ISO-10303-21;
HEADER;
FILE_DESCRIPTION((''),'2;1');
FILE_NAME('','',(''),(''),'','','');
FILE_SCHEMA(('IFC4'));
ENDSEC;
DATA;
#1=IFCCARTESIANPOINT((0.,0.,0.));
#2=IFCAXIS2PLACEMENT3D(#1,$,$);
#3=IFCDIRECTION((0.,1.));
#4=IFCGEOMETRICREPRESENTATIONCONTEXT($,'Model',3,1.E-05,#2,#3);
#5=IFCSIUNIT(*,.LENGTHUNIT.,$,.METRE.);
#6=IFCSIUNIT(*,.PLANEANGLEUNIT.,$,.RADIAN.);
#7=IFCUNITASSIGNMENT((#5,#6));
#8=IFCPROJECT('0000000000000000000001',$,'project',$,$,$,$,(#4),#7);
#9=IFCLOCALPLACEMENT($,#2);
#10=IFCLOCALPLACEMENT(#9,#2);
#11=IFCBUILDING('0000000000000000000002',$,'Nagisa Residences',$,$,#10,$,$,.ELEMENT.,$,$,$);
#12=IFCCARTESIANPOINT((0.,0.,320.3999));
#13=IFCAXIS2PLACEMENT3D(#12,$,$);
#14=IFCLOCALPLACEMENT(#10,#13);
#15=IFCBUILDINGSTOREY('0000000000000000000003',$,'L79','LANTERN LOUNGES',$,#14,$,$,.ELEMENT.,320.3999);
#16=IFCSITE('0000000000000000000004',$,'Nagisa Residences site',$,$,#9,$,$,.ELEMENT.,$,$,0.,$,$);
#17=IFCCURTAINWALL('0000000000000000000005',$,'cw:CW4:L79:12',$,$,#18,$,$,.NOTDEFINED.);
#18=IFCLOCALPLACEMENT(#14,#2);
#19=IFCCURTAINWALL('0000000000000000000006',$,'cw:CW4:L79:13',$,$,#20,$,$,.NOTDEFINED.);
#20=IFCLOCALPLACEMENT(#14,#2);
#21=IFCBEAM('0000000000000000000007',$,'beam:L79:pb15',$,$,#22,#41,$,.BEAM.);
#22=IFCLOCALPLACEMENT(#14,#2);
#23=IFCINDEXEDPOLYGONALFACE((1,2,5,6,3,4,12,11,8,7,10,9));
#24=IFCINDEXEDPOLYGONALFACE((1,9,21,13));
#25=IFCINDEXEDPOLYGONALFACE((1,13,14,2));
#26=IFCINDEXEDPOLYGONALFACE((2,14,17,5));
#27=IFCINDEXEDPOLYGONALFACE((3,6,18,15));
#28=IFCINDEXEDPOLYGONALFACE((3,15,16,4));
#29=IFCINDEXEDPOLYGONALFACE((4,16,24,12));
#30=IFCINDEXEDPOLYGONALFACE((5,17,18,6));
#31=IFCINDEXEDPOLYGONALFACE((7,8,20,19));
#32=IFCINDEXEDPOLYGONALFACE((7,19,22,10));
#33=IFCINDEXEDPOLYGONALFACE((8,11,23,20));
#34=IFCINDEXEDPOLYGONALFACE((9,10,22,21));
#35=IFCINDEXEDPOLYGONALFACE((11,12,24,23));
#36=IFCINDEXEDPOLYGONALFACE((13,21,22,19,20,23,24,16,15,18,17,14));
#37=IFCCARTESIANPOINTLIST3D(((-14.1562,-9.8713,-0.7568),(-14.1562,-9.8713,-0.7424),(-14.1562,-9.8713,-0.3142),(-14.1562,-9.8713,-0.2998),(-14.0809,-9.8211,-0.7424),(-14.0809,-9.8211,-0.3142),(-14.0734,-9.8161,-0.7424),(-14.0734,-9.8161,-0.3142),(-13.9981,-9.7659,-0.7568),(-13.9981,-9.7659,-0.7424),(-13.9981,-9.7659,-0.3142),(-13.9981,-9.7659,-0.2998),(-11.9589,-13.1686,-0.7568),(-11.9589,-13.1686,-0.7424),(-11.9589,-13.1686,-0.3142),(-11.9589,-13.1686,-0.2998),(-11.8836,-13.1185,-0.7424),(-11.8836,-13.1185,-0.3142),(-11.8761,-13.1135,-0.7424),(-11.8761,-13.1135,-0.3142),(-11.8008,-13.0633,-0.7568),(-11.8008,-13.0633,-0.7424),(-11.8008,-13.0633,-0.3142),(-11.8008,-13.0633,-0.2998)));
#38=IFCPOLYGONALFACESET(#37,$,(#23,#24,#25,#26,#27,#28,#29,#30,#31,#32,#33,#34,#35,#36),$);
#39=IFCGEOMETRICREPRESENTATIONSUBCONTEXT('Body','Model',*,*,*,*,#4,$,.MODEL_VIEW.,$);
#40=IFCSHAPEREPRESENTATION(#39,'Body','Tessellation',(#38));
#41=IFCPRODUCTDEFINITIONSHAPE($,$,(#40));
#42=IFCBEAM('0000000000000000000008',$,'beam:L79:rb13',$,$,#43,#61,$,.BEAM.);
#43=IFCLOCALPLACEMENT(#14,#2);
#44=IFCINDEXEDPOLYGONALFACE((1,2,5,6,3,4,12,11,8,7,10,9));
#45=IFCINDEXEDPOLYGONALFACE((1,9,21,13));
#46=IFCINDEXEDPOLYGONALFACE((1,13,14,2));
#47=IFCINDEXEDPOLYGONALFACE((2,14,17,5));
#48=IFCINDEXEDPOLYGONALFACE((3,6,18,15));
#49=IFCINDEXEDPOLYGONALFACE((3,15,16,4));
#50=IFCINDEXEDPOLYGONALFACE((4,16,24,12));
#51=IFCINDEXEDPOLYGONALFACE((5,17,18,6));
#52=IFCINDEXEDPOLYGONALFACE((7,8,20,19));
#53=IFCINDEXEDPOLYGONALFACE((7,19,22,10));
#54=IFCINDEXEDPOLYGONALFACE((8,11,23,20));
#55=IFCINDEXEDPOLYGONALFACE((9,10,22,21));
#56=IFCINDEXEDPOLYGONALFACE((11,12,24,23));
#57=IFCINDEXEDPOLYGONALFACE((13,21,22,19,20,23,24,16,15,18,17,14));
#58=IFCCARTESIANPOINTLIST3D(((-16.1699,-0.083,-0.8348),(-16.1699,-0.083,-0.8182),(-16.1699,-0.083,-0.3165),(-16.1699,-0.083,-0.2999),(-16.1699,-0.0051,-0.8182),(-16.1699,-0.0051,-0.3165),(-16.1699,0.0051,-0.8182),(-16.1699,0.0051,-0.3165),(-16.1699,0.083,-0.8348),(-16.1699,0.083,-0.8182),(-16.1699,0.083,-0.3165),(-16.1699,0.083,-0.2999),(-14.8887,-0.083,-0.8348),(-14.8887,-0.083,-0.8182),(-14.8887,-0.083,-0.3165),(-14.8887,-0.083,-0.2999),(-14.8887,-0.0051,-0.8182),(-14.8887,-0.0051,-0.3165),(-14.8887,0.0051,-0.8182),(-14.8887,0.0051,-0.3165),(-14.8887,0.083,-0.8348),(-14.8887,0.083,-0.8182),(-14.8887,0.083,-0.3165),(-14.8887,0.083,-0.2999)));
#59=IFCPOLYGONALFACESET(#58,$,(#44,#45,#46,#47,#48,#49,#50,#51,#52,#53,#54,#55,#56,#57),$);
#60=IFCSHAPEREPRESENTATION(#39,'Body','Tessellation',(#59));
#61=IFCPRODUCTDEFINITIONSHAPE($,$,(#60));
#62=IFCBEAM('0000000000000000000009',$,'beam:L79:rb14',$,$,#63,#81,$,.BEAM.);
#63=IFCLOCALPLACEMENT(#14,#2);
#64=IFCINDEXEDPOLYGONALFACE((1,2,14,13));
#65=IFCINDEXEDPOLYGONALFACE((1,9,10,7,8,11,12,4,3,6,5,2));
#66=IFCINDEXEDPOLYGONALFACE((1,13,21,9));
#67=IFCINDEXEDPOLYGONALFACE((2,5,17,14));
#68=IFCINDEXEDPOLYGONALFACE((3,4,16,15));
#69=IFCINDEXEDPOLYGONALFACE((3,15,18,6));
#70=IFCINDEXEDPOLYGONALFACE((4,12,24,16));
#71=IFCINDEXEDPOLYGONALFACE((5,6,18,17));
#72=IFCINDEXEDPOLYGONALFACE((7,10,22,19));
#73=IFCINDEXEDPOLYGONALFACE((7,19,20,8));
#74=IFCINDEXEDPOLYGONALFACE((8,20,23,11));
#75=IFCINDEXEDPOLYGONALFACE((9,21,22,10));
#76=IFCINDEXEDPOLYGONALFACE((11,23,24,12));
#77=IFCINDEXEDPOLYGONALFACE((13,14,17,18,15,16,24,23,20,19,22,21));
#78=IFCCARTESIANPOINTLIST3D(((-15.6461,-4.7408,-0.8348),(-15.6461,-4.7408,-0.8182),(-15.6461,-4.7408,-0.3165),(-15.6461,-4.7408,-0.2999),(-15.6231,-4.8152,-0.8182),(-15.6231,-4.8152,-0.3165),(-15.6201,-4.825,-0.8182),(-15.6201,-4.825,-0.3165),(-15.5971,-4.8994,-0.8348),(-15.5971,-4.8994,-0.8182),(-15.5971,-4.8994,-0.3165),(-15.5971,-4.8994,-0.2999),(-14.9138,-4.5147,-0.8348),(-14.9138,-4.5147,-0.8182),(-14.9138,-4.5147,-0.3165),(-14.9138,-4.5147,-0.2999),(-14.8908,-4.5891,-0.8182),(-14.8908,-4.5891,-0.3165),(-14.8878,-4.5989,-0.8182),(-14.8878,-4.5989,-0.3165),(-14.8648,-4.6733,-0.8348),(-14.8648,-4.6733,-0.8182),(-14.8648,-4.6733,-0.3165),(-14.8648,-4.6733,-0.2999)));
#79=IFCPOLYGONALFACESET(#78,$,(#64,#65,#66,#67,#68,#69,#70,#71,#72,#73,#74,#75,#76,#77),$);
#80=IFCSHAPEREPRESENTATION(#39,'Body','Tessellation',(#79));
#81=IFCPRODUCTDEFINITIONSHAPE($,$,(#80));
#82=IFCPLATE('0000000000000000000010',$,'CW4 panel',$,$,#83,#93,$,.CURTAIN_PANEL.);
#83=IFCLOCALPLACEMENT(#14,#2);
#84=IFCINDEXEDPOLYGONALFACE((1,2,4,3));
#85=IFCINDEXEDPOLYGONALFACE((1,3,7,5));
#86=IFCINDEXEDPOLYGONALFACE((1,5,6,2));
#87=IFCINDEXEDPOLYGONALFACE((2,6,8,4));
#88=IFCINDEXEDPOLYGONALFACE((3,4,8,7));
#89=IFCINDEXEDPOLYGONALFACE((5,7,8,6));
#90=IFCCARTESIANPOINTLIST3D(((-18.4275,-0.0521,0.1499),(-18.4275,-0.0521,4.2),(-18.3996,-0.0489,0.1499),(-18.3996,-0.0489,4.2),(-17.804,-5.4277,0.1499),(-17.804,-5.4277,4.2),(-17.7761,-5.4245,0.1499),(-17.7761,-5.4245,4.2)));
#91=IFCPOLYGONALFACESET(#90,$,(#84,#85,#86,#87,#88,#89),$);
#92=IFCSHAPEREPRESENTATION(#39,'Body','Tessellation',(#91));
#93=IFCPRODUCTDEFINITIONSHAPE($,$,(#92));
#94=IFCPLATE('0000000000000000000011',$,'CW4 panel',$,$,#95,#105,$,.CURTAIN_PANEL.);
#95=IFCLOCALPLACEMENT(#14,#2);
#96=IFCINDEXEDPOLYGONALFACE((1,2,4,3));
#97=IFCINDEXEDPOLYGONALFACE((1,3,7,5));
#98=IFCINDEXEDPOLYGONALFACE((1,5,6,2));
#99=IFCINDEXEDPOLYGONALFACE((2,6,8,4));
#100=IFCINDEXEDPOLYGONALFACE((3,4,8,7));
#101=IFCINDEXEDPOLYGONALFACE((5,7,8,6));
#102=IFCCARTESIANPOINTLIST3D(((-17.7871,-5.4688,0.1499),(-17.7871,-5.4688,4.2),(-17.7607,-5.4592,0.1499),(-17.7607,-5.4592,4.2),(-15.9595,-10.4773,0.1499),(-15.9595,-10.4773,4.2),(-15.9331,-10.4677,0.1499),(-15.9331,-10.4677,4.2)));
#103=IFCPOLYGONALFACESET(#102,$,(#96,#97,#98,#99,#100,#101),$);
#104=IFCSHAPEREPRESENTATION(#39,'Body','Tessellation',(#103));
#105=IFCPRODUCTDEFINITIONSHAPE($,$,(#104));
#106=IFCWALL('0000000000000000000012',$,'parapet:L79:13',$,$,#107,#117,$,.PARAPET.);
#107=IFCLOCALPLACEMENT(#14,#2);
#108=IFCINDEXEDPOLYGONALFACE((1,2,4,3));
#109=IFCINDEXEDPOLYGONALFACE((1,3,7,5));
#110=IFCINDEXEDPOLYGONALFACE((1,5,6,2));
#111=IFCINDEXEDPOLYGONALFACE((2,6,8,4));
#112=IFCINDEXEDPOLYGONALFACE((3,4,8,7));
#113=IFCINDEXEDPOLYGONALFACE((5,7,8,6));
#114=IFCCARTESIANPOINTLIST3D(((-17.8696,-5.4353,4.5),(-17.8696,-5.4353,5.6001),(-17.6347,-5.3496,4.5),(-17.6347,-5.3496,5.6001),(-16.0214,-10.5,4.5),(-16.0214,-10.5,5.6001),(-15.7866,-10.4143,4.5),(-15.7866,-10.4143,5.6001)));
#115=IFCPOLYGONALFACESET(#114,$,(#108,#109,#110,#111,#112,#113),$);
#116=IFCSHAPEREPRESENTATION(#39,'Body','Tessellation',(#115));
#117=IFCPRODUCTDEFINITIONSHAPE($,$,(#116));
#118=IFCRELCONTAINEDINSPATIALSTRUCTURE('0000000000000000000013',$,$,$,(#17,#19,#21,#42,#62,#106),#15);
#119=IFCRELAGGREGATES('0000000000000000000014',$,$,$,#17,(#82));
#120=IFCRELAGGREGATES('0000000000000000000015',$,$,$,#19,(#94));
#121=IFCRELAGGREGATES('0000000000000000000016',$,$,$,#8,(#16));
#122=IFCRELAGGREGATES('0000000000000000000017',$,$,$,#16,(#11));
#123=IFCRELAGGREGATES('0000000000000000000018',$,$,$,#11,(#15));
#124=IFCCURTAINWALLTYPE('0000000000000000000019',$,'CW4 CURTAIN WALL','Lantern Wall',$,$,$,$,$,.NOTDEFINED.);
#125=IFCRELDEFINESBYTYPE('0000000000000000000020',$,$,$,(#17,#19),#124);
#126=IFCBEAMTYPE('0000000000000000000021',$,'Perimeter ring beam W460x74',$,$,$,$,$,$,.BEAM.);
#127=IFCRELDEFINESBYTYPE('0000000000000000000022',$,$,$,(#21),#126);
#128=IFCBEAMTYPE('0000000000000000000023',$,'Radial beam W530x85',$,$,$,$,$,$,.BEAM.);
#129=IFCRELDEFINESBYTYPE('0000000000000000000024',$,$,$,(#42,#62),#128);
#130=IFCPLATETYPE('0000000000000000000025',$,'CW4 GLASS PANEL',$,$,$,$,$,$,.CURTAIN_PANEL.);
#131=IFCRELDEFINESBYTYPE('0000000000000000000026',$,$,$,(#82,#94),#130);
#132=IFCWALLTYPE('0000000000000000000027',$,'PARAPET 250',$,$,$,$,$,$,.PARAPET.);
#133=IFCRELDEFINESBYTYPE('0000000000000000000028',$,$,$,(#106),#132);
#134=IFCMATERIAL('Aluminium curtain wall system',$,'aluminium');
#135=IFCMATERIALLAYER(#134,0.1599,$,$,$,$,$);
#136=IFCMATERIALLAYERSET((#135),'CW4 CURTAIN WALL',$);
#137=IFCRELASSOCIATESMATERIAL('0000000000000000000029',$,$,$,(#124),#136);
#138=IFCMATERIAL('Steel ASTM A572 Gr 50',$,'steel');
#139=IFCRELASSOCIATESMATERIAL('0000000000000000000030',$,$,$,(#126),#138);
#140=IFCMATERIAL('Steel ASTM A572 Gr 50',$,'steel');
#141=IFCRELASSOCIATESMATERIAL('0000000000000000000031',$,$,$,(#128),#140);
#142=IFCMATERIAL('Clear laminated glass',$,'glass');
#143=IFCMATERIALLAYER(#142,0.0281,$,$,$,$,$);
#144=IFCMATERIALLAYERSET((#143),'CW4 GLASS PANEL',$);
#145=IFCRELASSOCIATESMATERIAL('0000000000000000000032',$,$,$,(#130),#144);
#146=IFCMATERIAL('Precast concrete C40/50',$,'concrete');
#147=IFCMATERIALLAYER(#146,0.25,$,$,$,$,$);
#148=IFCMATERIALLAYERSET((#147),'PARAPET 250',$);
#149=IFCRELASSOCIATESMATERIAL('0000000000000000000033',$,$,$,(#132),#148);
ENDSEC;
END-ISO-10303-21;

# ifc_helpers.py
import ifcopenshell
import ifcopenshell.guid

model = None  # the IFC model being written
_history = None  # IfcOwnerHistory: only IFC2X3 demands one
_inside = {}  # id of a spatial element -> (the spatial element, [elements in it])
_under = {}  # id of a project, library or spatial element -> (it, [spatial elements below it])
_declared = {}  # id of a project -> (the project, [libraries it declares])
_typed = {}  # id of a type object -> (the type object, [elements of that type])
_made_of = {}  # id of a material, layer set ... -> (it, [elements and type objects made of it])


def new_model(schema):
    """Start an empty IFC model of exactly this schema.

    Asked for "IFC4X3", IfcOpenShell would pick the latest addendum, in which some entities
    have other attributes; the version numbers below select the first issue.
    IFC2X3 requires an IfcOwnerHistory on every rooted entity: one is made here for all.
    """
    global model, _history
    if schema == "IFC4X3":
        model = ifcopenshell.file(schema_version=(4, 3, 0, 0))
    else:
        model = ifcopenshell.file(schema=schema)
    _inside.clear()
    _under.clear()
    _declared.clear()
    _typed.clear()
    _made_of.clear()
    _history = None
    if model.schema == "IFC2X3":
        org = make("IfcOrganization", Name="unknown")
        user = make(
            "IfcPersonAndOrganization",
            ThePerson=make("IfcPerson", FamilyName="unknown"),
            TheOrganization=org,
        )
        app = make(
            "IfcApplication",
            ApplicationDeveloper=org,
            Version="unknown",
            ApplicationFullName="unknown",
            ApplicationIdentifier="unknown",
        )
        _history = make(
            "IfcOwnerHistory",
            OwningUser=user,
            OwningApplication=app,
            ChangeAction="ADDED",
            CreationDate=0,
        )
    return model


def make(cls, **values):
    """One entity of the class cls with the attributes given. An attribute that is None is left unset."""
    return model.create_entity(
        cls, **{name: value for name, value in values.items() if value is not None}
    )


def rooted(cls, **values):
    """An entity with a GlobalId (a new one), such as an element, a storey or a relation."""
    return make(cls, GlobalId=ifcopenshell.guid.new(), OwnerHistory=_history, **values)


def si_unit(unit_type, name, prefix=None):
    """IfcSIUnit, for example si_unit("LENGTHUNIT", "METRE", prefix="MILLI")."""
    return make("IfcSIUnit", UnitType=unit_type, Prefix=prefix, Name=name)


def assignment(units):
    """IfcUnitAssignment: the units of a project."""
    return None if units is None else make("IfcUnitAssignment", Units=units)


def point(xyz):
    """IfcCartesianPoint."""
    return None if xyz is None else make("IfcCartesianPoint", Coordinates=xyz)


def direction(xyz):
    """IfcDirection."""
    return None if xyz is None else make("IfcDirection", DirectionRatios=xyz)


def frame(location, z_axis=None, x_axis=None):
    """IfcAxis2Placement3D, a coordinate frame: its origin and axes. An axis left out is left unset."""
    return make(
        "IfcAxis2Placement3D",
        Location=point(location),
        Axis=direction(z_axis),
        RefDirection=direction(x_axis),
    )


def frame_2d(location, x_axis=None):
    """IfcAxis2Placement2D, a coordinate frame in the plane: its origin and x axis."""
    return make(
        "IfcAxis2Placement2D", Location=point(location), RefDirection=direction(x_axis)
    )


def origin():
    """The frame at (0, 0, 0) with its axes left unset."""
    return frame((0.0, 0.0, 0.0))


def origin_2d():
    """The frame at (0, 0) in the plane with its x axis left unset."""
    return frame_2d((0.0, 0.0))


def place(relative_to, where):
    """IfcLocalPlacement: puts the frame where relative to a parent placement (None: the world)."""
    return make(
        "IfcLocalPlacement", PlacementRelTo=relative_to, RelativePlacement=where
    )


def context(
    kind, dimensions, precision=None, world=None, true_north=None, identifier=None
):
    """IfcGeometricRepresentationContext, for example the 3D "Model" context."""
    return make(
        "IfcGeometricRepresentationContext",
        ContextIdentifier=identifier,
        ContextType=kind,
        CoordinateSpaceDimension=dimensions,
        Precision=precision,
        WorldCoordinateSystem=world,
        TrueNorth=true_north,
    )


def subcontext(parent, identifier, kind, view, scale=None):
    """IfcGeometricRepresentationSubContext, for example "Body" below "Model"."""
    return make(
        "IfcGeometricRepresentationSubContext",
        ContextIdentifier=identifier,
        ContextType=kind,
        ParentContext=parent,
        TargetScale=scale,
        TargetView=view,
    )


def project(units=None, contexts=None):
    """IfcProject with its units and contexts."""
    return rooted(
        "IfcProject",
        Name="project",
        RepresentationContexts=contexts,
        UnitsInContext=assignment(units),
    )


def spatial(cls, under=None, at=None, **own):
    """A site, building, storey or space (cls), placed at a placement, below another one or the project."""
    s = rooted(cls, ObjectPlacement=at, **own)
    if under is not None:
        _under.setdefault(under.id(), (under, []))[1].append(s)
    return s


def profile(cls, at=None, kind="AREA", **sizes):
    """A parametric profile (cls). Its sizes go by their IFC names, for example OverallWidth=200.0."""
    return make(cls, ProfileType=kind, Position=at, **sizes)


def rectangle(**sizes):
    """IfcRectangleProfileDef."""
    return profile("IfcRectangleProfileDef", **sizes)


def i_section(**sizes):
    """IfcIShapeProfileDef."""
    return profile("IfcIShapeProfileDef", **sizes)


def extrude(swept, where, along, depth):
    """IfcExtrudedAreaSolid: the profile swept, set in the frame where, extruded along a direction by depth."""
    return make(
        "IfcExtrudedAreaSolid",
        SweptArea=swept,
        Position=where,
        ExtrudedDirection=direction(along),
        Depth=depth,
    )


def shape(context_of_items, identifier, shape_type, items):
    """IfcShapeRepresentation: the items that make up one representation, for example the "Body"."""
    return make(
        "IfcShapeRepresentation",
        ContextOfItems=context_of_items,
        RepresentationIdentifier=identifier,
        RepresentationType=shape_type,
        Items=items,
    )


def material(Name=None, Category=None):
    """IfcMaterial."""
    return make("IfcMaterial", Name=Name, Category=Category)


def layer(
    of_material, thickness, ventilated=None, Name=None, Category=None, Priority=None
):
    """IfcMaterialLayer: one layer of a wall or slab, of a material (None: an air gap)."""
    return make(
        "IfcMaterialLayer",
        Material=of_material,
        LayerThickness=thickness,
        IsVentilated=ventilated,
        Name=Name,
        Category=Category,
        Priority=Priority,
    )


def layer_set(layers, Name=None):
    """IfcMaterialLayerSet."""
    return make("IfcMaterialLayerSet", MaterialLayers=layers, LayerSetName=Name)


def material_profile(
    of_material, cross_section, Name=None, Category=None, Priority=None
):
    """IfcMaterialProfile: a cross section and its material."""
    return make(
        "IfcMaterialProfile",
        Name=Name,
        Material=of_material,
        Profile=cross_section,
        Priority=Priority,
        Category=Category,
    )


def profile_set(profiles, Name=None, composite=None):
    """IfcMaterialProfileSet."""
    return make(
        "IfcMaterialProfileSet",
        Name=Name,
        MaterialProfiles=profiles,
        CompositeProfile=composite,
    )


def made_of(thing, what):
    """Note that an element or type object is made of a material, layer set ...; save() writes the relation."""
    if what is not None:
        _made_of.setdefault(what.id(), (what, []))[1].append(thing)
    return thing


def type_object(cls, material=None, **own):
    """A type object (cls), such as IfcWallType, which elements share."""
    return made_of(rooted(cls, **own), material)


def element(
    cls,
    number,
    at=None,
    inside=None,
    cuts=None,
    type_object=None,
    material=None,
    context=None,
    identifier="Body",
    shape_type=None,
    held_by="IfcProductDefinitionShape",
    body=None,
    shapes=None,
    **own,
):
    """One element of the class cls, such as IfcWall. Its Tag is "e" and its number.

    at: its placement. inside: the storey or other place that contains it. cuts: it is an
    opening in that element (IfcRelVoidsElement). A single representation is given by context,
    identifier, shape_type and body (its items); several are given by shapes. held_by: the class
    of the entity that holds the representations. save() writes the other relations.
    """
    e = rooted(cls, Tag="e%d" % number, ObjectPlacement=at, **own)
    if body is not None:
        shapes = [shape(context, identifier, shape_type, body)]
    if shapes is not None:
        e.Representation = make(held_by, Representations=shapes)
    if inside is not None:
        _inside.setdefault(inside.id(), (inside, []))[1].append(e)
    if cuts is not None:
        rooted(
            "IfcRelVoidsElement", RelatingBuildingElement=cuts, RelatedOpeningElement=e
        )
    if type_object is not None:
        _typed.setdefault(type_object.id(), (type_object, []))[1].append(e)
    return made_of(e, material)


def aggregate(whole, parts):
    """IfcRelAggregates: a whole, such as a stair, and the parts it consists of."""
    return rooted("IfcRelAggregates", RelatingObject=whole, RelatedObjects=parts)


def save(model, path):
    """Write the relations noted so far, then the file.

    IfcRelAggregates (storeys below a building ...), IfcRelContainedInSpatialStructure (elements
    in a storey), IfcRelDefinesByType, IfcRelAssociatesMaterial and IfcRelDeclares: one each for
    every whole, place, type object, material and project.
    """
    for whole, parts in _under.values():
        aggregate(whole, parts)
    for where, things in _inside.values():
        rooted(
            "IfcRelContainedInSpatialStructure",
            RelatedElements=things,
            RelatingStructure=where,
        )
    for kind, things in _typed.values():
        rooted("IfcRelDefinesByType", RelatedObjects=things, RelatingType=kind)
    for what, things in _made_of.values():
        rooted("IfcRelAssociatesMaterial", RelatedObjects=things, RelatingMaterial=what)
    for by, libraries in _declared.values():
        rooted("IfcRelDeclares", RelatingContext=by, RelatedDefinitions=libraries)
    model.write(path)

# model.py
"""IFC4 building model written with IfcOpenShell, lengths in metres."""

from ifc_helpers import new_model, si_unit, direction, frame, frame_2d, origin, origin_2d, place, context, subcontext, project, spatial, rectangle, i_section, extrude, material, layer, layer_set, material_profile, profile_set, type_object, element, aggregate, save


model = new_model("IFC4")

# Units and contexts
model_context = context("Model", 3, precision=1e-05, world=origin(), true_north=direction((0.0, 1.0)))
body_context = subcontext(model_context, "Body", "Model", "MODEL_VIEW")
ifc_project = project(units=[si_unit("LENGTHUNIT", "METRE"), si_unit("PLANEANGLEUNIT", "RADIAN")], contexts=[model_context])

# Site, building, storey
site_placement = place(None, origin())
site = spatial("IfcSite", under=ifc_project, at=site_placement, Name="Nagisa Residences site", CompositionType="ELEMENT", RefElevation=0.0)
building_placement = place(site_placement, origin())
building = spatial("IfcBuilding", under=site, at=building_placement, Name="Nagisa Residences", CompositionType="ELEMENT")
storey_placement = place(building_placement, frame((0.0, 0.0, 320.3999)))
storey = spatial("IfcBuildingStorey", under=building, at=storey_placement, Name="L79", Description="LANTERN LOUNGES", CompositionType="ELEMENT", Elevation=320.3999)

# Curtain wall
ifc_material_1 = material(Name="Aluminium curtain wall system", Category="aluminium")
ifc_layer_1 = layer(ifc_material_1, 0.1599)
ifc_layer_set_1 = layer_set([ifc_layer_1], Name="CW4 CURTAIN WALL")
curtain_wall_type = type_object("IfcCurtainWallType", Name="CW4 CURTAIN WALL", Description="Lantern Wall", PredefinedType="NOTDEFINED", material=ifc_layer_set_1)
curtain_wall_1_placement = place(storey_placement, origin())
curtain_wall_1 = element("IfcCurtainWall", 1, at=curtain_wall_1_placement, inside=storey, type_object=curtain_wall_type, Name="cw:CW4:L79:12", PredefinedType="NOTDEFINED")

# Curtain wall
curtain_wall_2_placement = place(storey_placement, origin())
curtain_wall_2 = element("IfcCurtainWall", 2, at=curtain_wall_2_placement, inside=storey, type_object=curtain_wall_type, Name="cw:CW4:L79:13", PredefinedType="NOTDEFINED")

# Beams
ifc_material_2 = material(Name="Steel ASTM A572 Gr 50", Category="steel")
ifc_material_profile_1 = material_profile(ifc_material_2, i_section(OverallWidth=0.1899, OverallDepth=0.457, WebThickness=0.009, FlangeThickness=0.0144, at=origin_2d()), Name="W460x74")
ifc_profile_set_1 = profile_set([ifc_material_profile_1], Name="Steel ASTM A572 Gr 50")
beam_type_1 = type_object("IfcBeamType", Name="Perimeter ring beam W460x74", PredefinedType="BEAM", material=ifc_profile_set_1)
beam_1_placement = place(storey_placement, frame((-14.0771, -9.8186, -0.5283), z_axis=(0.55453, -0.832164, 0.0), x_axis=(0.832164, 0.55453, 0.0)))
element("IfcBeam", 3, at=beam_1_placement, inside=storey, type_object=beam_type_1, Name="beam:L79:pb15", PredefinedType="BEAM", context=body_context, shape_type="SweptSolid", body=[
    extrude(i_section(OverallWidth=0.1899, OverallDepth=0.457, WebThickness=0.009, FlangeThickness=0.0144, at=origin_2d()), origin(), (0.0, 0.0, 1.0), 3.9624),
])
ifc_material_3 = material(Name="Steel ASTM A572 Gr 50", Category="steel")
ifc_material_profile_2 = material_profile(ifc_material_3, i_section(OverallWidth=0.166, OverallDepth=0.5349, WebThickness=0.0103, FlangeThickness=0.0166, at=origin_2d()), Name="W530x85")
ifc_profile_set_2 = profile_set([ifc_material_profile_2], Name="Steel ASTM A572 Gr 50")
beam_type_2 = type_object("IfcBeamType", Name="Radial beam W530x85", PredefinedType="BEAM", material=ifc_profile_set_2)
beam_2_placement = place(storey_placement, frame((-16.1699, 0.0, -0.5674), z_axis=(1.0, 0.0, 0.0), x_axis=(0.0, 1.0, 0.0)))
element("IfcBeam", 4, at=beam_2_placement, inside=storey, type_object=beam_type_2, Name="beam:L79:rb13", PredefinedType="BEAM", context=body_context, shape_type="SweptSolid", body=[
    extrude(i_section(OverallWidth=0.166, OverallDepth=0.5349, WebThickness=0.0103, FlangeThickness=0.0166, at=origin_2d()), origin(), (0.0, 0.0, 1.0), 1.2812),
])
beam_3_placement = place(storey_placement, frame((-15.6216, -4.8201, -0.5674), z_axis=(0.955489, 0.295026, 0.0), x_axis=(-0.295026, 0.955489, 0.0)))
element("IfcBeam", 5, at=beam_3_placement, inside=storey, type_object=beam_type_2, Name="beam:L79:rb14", PredefinedType="BEAM", context=body_context, shape_type="SweptSolid", body=[
    extrude(i_section(OverallWidth=0.166, OverallDepth=0.5349, WebThickness=0.0103, FlangeThickness=0.0166, at=origin_2d()), origin(), (0.0, 0.0, 1.0), 0.7664),
])

# Plates
ifc_material_4 = material(Name="Clear laminated glass", Category="glass")
ifc_layer_2 = layer(ifc_material_4, 0.0281)
ifc_layer_set_2 = layer_set([ifc_layer_2], Name="CW4 GLASS PANEL")
plate_type = type_object("IfcPlateType", Name="CW4 GLASS PANEL", PredefinedType="CURTAIN_PANEL", material=ifc_layer_set_2)
plate_1_placement = place(storey_placement, frame((-18.1018, -2.7383, 0.1499), z_axis=(0.0, 0.0, 1.0), x_axis=(0.115207, -0.993341, 0.0)))
plate_1 = element("IfcPlate", 6, at=plate_1_placement, type_object=plate_type, Name="CW4 panel", PredefinedType="CURTAIN_PANEL", context=body_context, shape_type="SweptSolid", body=[
    extrude(rectangle(XDim=5.4116, YDim=0.0281, at=origin_2d()), origin(), (0.0, 0.0, 1.0), 4.05),
])
aggregate(curtain_wall_1, [plate_1])
plate_2_placement = place(storey_placement, frame((-16.8601, -7.9683, 0.1499), z_axis=(0.0, 0.0, 1.0), x_axis=(0.342793, -0.939411, 0.0)))
plate_2 = element("IfcPlate", 7, at=plate_2_placement, type_object=plate_type, Name="CW4 panel", PredefinedType="CURTAIN_PANEL", context=body_context, shape_type="SweptSolid", body=[
    extrude(rectangle(XDim=5.3315, YDim=0.0281, at=origin_2d()), origin(), (0.0, 0.0, 1.0), 4.05),
])
aggregate(curtain_wall_2, [plate_2])

# Wall
ifc_material_5 = material(Name="Precast concrete C40/50", Category="concrete")
ifc_layer_3 = layer(ifc_material_5, 0.25)
ifc_layer_set_3 = layer_set([ifc_layer_3], Name="PARAPET 250")
wall_type = type_object("IfcWallType", Name="PARAPET 250", PredefinedType="PARAPET", material=ifc_layer_set_3)
wall_placement = place(storey_placement, frame((-17.7522, -5.3923, 4.5), z_axis=(0.0, 0.0, 1.0), x_axis=(0.342797, -0.939409, 0.0)))
element("IfcWall", 8, at=wall_placement, inside=storey, type_object=wall_type, Name="parapet:L79:13", PredefinedType="PARAPET", context=body_context, shape_type="SweptSolid", body=[
    extrude(rectangle(XDim=5.3914, YDim=0.25, at=frame_2d((2.6958, 0.0))), origin(), (0.0, 0.0, 1.0), 1.1001),
])

save(model, "model.ifc")
